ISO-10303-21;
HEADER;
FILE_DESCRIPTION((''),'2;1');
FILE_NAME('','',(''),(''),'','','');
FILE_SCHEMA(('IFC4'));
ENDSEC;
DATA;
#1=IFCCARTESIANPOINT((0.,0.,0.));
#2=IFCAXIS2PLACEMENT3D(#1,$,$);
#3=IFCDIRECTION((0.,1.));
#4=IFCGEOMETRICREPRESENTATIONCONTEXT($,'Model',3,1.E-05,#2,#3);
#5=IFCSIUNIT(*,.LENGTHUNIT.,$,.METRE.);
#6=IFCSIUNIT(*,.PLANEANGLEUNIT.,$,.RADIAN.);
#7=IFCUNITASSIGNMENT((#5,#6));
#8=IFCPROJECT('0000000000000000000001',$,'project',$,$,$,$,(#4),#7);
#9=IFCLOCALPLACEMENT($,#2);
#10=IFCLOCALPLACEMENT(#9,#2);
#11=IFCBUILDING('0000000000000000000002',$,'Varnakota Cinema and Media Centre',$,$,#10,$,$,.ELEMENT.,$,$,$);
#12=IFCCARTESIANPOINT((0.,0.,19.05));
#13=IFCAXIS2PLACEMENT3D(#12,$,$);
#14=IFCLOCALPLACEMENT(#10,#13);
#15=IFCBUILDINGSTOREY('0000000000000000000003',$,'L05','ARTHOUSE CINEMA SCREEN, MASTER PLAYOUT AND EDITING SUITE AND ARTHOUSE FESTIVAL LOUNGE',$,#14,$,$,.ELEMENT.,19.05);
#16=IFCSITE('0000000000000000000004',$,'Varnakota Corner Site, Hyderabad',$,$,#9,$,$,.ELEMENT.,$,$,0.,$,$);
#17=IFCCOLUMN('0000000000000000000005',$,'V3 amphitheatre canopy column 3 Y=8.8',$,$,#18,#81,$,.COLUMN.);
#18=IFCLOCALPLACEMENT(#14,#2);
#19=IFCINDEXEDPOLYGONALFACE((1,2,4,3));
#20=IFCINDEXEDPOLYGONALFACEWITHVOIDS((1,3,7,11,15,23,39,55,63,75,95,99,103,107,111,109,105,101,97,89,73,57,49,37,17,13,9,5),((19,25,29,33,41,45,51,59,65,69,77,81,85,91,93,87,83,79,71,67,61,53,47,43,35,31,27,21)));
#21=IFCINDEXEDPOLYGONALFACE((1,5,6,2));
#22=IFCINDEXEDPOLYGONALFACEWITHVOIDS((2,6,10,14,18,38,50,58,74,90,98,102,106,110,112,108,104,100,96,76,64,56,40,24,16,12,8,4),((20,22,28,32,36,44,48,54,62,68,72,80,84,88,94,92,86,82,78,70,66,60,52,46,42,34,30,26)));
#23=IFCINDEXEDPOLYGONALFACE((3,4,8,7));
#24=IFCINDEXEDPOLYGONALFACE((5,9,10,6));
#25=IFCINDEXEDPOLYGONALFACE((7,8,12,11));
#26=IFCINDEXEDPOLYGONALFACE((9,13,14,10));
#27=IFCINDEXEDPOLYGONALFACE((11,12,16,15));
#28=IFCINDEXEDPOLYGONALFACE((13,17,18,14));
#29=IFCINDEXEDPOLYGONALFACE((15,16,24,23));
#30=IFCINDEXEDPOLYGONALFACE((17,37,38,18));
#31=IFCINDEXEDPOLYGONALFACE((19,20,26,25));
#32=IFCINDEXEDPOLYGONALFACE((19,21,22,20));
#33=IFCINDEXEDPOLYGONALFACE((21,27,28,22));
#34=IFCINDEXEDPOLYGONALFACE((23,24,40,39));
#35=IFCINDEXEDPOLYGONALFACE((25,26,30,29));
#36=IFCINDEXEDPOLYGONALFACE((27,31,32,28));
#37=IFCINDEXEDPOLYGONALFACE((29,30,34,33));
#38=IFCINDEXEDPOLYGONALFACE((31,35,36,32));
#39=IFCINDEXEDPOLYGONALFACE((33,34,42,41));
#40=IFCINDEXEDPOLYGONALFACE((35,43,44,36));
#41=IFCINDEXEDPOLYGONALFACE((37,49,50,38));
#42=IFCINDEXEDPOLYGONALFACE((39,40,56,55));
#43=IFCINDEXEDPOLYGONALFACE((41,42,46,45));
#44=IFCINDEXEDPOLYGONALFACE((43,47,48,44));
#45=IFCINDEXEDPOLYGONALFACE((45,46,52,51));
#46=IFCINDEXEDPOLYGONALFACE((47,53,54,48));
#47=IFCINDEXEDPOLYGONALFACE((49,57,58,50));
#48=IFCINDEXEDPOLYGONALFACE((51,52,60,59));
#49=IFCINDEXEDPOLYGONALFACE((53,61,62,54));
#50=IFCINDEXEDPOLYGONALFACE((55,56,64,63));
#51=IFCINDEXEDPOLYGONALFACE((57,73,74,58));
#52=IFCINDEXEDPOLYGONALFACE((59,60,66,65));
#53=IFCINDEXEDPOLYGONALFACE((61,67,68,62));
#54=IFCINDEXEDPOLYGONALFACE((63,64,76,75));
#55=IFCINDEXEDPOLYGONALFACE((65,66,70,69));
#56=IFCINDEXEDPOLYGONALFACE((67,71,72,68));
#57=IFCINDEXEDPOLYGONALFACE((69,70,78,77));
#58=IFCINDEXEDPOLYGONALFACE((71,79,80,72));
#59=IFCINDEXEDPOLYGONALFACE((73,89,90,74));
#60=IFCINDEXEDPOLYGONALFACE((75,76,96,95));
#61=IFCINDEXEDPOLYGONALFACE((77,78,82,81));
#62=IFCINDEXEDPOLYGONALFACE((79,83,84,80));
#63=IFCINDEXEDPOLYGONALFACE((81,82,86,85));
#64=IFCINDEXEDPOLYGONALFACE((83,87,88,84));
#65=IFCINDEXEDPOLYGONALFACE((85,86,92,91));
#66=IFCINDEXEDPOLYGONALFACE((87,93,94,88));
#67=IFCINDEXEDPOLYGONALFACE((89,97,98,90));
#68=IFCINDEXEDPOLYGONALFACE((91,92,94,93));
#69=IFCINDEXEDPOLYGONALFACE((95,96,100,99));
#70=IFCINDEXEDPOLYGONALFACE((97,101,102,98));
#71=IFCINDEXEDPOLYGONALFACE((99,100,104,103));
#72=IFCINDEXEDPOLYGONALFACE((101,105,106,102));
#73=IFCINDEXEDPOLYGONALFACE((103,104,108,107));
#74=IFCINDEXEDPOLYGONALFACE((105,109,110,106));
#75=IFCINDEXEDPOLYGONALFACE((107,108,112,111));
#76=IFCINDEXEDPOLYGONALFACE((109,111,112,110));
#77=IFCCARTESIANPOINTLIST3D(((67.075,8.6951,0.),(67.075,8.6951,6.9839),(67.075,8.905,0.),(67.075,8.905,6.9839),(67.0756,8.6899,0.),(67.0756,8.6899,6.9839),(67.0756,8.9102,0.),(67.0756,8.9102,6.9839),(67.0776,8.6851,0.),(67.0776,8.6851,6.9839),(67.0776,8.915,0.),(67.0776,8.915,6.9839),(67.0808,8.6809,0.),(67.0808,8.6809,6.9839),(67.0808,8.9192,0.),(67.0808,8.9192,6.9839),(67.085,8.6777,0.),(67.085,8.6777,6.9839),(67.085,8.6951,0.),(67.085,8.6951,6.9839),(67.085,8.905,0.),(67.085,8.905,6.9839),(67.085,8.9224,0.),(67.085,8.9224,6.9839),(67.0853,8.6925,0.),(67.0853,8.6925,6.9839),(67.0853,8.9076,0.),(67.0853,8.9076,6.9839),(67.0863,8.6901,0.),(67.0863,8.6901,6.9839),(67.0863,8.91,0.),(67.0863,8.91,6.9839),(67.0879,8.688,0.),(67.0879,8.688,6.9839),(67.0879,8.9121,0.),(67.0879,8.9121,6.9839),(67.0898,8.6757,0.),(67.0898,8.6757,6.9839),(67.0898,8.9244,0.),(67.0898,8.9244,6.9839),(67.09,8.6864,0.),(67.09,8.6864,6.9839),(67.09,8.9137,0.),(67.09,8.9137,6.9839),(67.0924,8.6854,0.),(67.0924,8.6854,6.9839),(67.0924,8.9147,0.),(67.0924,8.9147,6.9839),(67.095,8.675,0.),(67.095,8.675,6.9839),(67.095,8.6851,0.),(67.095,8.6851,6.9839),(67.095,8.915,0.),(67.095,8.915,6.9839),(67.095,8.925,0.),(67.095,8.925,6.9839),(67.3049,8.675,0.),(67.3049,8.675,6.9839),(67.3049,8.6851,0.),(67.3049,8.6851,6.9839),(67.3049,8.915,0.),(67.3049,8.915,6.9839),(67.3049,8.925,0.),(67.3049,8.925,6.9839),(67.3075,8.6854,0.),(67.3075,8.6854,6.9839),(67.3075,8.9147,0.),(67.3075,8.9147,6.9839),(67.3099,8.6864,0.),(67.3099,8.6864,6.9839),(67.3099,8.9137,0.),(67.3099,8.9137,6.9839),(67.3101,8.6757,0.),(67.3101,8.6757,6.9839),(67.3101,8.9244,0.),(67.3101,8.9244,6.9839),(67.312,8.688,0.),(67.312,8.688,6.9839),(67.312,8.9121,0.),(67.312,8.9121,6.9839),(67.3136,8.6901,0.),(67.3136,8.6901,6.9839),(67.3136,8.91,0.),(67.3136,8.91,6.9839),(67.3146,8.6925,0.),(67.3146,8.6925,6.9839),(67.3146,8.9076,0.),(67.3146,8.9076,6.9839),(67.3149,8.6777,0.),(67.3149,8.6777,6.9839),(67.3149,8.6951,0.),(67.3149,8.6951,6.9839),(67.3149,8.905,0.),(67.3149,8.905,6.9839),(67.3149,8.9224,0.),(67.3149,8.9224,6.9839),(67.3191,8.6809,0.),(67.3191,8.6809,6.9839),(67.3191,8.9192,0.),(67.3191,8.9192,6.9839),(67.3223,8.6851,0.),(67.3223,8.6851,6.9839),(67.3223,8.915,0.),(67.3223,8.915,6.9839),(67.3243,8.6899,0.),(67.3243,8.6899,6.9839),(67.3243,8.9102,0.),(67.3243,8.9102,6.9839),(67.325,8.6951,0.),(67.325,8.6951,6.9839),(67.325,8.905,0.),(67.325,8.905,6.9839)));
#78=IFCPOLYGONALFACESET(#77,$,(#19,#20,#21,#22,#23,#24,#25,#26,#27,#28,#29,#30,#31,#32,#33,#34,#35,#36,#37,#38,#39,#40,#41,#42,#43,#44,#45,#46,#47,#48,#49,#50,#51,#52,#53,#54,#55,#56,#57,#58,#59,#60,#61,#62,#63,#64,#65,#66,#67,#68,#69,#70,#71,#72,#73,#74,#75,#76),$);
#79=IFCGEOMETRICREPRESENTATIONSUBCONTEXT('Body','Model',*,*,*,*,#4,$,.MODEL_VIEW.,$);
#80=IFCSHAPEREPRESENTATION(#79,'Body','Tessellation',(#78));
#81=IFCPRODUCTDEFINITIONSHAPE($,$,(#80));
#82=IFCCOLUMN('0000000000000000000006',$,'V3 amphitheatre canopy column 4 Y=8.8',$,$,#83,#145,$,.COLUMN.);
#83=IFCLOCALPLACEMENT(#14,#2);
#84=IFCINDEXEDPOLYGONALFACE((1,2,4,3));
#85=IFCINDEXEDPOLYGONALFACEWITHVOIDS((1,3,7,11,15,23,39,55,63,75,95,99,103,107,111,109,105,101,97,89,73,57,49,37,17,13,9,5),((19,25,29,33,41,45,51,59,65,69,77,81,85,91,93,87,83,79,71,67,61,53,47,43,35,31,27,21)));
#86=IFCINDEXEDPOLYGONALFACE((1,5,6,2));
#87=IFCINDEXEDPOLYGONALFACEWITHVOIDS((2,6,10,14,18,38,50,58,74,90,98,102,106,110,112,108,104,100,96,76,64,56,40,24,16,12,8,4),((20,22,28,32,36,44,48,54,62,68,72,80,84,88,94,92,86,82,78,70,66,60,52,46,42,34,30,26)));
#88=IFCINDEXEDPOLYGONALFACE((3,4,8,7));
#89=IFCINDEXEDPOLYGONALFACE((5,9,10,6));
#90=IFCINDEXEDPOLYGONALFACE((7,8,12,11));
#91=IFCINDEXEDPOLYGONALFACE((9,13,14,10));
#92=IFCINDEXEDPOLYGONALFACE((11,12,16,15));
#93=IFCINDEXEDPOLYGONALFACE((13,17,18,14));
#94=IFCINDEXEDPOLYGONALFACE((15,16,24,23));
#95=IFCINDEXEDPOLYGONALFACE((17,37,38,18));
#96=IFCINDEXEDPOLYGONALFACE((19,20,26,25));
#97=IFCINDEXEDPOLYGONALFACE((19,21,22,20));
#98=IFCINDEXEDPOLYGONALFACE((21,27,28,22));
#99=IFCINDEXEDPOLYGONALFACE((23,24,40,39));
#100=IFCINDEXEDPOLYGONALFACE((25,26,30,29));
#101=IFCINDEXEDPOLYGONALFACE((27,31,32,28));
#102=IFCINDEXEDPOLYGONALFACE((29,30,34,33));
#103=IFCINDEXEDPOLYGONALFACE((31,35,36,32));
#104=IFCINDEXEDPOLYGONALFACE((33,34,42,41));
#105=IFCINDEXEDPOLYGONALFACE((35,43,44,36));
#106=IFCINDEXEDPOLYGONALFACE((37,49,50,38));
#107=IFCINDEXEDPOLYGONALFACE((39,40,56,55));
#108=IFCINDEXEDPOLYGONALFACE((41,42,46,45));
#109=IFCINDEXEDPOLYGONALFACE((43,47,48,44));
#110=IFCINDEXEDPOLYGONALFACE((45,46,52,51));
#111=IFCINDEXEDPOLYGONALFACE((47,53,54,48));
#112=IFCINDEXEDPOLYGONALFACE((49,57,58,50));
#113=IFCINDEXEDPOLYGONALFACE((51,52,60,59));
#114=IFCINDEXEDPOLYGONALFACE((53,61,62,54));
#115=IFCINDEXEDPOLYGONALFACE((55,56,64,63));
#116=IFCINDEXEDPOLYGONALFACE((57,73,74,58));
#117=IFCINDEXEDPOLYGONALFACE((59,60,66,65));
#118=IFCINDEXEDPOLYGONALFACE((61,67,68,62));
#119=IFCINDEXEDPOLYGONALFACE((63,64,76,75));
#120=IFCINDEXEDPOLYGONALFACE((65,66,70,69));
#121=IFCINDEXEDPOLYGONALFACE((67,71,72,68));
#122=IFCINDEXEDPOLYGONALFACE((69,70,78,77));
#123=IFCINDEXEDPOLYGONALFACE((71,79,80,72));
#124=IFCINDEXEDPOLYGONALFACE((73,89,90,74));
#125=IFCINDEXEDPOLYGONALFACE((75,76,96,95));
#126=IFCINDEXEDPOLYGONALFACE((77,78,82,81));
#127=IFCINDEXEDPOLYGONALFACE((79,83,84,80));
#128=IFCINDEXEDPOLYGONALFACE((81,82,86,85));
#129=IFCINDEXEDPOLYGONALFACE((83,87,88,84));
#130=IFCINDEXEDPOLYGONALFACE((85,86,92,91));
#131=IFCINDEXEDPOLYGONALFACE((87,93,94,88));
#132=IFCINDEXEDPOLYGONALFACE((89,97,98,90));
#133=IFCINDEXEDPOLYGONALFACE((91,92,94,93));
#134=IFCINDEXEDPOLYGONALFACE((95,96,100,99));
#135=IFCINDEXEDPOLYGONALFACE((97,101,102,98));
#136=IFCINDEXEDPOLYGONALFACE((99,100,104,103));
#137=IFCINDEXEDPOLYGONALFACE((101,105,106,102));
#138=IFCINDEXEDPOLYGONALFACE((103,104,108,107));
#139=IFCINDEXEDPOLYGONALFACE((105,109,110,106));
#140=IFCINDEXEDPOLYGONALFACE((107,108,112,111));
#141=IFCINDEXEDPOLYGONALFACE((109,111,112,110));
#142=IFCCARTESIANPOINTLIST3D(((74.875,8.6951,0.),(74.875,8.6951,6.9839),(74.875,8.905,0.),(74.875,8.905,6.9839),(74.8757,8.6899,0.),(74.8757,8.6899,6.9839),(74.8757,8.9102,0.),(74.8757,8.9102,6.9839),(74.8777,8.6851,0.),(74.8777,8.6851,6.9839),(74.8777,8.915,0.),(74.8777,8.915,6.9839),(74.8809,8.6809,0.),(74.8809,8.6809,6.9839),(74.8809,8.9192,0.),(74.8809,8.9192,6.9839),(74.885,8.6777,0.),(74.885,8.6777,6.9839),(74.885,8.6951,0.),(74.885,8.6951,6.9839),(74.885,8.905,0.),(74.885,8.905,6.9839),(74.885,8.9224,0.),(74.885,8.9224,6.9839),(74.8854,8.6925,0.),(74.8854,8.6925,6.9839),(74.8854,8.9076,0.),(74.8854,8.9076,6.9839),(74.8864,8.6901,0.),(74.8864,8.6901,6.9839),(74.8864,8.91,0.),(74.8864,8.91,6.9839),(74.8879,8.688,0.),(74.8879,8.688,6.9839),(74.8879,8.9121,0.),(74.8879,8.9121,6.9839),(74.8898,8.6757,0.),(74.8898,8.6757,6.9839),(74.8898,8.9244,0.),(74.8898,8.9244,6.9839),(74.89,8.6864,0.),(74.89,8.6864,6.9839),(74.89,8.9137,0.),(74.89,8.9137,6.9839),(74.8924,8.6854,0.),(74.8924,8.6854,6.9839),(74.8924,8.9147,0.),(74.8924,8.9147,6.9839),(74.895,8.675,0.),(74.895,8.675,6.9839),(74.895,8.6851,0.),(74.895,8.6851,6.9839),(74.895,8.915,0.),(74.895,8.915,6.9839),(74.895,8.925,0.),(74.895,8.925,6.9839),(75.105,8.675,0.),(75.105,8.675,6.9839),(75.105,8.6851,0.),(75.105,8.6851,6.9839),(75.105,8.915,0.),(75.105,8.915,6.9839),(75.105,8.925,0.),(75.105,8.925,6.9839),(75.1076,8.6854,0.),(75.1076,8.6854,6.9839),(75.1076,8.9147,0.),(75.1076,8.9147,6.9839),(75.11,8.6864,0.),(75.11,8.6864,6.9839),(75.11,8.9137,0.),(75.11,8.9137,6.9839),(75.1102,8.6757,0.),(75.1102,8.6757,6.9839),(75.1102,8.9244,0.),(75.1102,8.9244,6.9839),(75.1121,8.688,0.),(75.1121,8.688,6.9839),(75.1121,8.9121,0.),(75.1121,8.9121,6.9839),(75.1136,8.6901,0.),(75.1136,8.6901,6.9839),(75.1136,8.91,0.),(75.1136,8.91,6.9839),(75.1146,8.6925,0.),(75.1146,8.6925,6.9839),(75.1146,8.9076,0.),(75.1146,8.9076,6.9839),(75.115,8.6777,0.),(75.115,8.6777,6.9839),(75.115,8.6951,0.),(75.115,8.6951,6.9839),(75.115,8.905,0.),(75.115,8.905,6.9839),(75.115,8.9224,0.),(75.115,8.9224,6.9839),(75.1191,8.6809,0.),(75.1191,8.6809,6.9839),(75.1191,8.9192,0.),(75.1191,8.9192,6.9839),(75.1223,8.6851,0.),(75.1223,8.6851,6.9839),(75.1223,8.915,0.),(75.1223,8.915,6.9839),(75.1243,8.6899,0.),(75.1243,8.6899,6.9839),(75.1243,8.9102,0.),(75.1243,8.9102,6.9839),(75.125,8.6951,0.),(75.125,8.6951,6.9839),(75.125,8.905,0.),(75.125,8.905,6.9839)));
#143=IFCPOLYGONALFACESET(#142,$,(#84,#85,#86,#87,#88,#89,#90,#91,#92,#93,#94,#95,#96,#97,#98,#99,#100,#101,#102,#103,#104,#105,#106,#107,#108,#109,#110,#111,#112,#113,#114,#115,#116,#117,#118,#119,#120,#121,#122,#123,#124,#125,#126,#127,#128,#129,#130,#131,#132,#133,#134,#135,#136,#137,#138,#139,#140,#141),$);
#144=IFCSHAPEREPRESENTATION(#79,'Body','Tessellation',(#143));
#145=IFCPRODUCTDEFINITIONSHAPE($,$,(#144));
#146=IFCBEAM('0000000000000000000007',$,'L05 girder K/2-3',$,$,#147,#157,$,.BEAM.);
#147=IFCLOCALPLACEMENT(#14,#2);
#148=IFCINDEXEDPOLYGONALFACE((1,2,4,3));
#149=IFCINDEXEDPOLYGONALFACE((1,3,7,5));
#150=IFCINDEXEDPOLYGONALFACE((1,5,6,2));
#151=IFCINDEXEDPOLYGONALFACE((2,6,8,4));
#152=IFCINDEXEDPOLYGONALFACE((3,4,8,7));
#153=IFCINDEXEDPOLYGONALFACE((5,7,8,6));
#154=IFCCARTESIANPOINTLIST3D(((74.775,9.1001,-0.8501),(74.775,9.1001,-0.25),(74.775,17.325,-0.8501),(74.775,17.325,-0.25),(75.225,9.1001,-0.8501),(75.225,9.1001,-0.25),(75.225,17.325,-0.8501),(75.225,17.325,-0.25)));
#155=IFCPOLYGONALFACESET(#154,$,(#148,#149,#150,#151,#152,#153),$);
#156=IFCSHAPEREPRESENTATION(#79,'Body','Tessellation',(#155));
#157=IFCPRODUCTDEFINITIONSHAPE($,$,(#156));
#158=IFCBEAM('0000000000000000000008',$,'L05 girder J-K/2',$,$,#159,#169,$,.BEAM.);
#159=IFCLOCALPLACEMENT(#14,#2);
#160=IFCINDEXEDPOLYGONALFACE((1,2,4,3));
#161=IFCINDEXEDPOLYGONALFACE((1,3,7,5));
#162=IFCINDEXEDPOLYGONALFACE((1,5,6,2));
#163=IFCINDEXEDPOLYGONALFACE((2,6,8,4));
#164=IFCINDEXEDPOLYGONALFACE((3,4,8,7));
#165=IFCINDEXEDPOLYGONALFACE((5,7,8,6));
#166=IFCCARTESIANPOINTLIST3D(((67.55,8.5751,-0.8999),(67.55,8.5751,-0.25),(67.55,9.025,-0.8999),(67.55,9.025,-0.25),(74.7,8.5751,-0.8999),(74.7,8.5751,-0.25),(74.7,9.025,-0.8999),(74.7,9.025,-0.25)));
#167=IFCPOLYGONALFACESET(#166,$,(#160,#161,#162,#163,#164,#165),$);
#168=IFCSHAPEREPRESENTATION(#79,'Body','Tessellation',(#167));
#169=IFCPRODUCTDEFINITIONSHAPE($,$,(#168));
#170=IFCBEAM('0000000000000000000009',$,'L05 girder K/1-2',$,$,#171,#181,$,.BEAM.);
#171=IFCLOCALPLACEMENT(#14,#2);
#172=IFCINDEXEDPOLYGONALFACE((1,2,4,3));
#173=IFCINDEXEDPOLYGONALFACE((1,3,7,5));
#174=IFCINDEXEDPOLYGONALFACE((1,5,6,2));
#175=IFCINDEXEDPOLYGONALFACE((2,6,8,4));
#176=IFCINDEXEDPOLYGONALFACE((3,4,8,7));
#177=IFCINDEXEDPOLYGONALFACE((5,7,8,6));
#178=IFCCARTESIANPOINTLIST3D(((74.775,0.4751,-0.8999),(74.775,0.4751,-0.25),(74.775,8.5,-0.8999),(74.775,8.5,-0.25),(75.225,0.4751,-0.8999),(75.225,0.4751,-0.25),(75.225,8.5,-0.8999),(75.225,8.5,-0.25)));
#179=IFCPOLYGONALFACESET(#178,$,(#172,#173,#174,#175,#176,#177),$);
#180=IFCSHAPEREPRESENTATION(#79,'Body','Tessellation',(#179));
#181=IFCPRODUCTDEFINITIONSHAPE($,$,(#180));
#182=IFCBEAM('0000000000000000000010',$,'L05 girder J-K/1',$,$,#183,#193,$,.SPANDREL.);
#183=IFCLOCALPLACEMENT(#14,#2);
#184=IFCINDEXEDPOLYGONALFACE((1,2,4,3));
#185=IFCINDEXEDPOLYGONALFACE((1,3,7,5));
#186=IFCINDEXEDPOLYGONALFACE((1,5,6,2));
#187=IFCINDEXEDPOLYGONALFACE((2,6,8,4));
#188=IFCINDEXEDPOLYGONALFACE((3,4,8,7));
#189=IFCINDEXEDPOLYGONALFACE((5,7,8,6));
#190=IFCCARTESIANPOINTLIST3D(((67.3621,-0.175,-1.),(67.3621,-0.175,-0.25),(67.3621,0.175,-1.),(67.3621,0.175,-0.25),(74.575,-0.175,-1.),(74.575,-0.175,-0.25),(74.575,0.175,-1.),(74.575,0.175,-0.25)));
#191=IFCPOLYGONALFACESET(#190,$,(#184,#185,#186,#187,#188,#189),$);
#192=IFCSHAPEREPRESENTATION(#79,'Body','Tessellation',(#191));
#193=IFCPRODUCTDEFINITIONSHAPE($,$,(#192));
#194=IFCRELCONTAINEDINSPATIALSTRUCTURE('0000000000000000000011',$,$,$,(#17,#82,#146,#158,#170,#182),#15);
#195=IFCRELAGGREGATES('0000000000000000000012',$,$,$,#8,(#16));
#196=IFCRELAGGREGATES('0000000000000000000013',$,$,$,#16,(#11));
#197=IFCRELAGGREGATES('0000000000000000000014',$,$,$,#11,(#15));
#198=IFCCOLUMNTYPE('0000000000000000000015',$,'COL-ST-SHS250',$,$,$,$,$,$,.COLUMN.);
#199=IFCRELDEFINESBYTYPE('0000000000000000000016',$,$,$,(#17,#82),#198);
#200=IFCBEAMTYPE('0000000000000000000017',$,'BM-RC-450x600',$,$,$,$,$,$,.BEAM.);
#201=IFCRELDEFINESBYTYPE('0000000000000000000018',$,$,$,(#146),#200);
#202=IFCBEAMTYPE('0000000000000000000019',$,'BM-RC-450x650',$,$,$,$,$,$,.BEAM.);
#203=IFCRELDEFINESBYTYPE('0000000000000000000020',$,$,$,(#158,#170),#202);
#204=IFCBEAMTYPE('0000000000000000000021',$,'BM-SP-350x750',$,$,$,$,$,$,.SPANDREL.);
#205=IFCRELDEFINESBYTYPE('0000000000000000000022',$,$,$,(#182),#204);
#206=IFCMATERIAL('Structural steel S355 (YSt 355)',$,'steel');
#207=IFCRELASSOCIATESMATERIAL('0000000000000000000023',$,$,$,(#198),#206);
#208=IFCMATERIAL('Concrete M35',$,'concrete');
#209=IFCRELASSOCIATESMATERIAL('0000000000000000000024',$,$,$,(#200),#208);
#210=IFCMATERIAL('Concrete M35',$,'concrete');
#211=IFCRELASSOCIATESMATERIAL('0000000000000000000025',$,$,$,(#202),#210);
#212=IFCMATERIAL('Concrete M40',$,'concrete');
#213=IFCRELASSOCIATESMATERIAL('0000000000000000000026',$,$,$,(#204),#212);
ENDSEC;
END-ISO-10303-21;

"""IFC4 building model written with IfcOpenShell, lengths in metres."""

from ifc_helpers import new_model, si_unit, direction, frame, origin, origin_2d, place, context, subcontext, project, spatial, rectangle, hollow_rectangle, extrude, material, material_profile, profile_set, type_object, element, save


model = new_model("IFC4")

# Units and contexts
model_context = context("Model", 3, precision=1e-05, world=origin(), true_north=direction((0.0, 1.0)))
body_context = subcontext(model_context, "Body", "Model", "MODEL_VIEW")
ifc_project = project(units=[si_unit("LENGTHUNIT", "METRE"), si_unit("PLANEANGLEUNIT", "RADIAN")], contexts=[model_context])

# Site, building, storey
site_placement = place(None, origin())
site = spatial("IfcSite", under=ifc_project, at=site_placement, Name="Varnakota Corner Site, Hyderabad", CompositionType="ELEMENT", RefElevation=0.0)
building_placement = place(site_placement, origin())
building = spatial("IfcBuilding", under=site, at=building_placement, Name="Varnakota Cinema and Media Centre", CompositionType="ELEMENT")
storey_placement = place(building_placement, frame((0.0, 0.0, 19.05)))
storey = spatial("IfcBuildingStorey", under=building, at=storey_placement, Name="L05", Description="ARTHOUSE CINEMA SCREEN, MASTER PLAYOUT AND EDITING SUITE AND ARTHOUSE FESTIVAL LOUNGE", CompositionType="ELEMENT", Elevation=19.05)

# Columns
ifc_material_1 = material(Name="Structural steel S355 (YSt 355)", Category="steel")
ifc_material_profile_1 = material_profile(ifc_material_1, hollow_rectangle(XDim=0.25, YDim=0.25, WallThickness=0.01, InnerFilletRadius=0.01, OuterFilletRadius=0.02, at=origin_2d()), Name="SHS 250x250x10")
ifc_profile_set_1 = profile_set([ifc_material_profile_1], Name="Structural steel S355 (YSt 355)")
column_type = type_object("IfcColumnType", Name="COL-ST-SHS250", PredefinedType="COLUMN", material=ifc_profile_set_1)
for number, where, z_axis, x_axis, name in (
    (1, (67.2, 8.8, 0.0), (0.0, 0.0, 1.0), (1.0, 0.0, 0.0), "V3 amphitheatre canopy column 3 Y=8.8"),
    (2, (75.0, 8.8, 0.0), (0.0, 0.0, 1.0), (1.0, 0.0, 0.0), "V3 amphitheatre canopy column 4 Y=8.8"),
):
    element("IfcColumn", number, at=place(storey_placement, frame(where, z_axis=z_axis, x_axis=x_axis)), inside=storey, type_object=column_type, Name=name, PredefinedType="COLUMN", context=body_context, shape_type="SweptSolid", body=[
        extrude(hollow_rectangle(XDim=0.25, YDim=0.25, WallThickness=0.01, InnerFilletRadius=0.01, OuterFilletRadius=0.02, at=origin_2d()), origin(), (0.0, 0.0, 1.0), 6.9839),
    ])

# Beams
ifc_material_2 = material(Name="Concrete M35", Category="concrete")
ifc_material_profile_2 = material_profile(ifc_material_2, rectangle(XDim=0.45, YDim=0.6001, at=origin_2d()), Name="RCB 450x600")
ifc_profile_set_2 = profile_set([ifc_material_profile_2], Name="Concrete M35")
beam_type_1 = type_object("IfcBeamType", Name="BM-RC-450x600", PredefinedType="BEAM", material=ifc_profile_set_2)
beam_1_placement = place(storey_placement, frame((75.0, 9.1001, -0.55), z_axis=(0.0, 1.0, 0.0), x_axis=(-1.0, 0.0, 0.0)))
element("IfcBeam", 3, at=beam_1_placement, inside=storey, type_object=beam_type_1, Name="L05 girder K/2-3", PredefinedType="BEAM", context=body_context, shape_type="SweptSolid", body=[
    extrude(rectangle(XDim=0.45, YDim=0.6001, at=origin_2d()), origin(), (0.0, 0.0, 1.0), 8.2249),
])
ifc_material_3 = material(Name="Concrete M35", Category="concrete")
ifc_material_profile_3 = material_profile(ifc_material_3, rectangle(XDim=0.45, YDim=0.6499, at=origin_2d()), Name="RCB 450x650")
ifc_profile_set_3 = profile_set([ifc_material_profile_3], Name="Concrete M35")
beam_type_2 = type_object("IfcBeamType", Name="BM-RC-450x650", PredefinedType="BEAM", material=ifc_profile_set_3)
beam_2_placement = place(storey_placement, frame((67.55, 8.8, -0.575), z_axis=(1.0, 0.0, 0.0), x_axis=(0.0, 1.0, 0.0)))
element("IfcBeam", 4, at=beam_2_placement, inside=storey, type_object=beam_type_2, Name="L05 girder J-K/2", PredefinedType="BEAM", context=body_context, shape_type="SweptSolid", body=[
    extrude(rectangle(XDim=0.45, YDim=0.6499, at=origin_2d()), origin(), (0.0, 0.0, 1.0), 7.1499),
])
beam_3_placement = place(storey_placement, frame((75.0, 0.4751, -0.575), z_axis=(0.0, 1.0, 0.0), x_axis=(-1.0, 0.0, 0.0)))
element("IfcBeam", 5, at=beam_3_placement, inside=storey, type_object=beam_type_2, Name="L05 girder K/1-2", PredefinedType="BEAM", context=body_context, shape_type="SweptSolid", body=[
    extrude(rectangle(XDim=0.45, YDim=0.6499, at=origin_2d()), origin(), (0.0, 0.0, 1.0), 8.0249),
])
ifc_material_4 = material(Name="Concrete M40", Category="concrete")
ifc_material_profile_4 = material_profile(ifc_material_4, rectangle(XDim=0.3501, YDim=0.75, at=origin_2d()), Name="RCB 350x750")
ifc_profile_set_4 = profile_set([ifc_material_profile_4], Name="Concrete M40")
beam_type_3 = type_object("IfcBeamType", Name="BM-SP-350x750", PredefinedType="SPANDREL", material=ifc_profile_set_4)
beam_4_placement = place(storey_placement, frame((67.3621, 0.0, -0.625), z_axis=(1.0, 0.0, 0.0), x_axis=(0.0, 1.0, 0.0)))
element("IfcBeam", 6, at=beam_4_placement, inside=storey, type_object=beam_type_3, Name="L05 girder J-K/1", PredefinedType="SPANDREL", context=body_context, shape_type="SweptSolid", body=[
    extrude(rectangle(XDim=0.3501, YDim=0.75, at=origin_2d()), origin(), (0.0, 0.0, 1.0), 7.2129),
])

save(model, "model.ifc")
